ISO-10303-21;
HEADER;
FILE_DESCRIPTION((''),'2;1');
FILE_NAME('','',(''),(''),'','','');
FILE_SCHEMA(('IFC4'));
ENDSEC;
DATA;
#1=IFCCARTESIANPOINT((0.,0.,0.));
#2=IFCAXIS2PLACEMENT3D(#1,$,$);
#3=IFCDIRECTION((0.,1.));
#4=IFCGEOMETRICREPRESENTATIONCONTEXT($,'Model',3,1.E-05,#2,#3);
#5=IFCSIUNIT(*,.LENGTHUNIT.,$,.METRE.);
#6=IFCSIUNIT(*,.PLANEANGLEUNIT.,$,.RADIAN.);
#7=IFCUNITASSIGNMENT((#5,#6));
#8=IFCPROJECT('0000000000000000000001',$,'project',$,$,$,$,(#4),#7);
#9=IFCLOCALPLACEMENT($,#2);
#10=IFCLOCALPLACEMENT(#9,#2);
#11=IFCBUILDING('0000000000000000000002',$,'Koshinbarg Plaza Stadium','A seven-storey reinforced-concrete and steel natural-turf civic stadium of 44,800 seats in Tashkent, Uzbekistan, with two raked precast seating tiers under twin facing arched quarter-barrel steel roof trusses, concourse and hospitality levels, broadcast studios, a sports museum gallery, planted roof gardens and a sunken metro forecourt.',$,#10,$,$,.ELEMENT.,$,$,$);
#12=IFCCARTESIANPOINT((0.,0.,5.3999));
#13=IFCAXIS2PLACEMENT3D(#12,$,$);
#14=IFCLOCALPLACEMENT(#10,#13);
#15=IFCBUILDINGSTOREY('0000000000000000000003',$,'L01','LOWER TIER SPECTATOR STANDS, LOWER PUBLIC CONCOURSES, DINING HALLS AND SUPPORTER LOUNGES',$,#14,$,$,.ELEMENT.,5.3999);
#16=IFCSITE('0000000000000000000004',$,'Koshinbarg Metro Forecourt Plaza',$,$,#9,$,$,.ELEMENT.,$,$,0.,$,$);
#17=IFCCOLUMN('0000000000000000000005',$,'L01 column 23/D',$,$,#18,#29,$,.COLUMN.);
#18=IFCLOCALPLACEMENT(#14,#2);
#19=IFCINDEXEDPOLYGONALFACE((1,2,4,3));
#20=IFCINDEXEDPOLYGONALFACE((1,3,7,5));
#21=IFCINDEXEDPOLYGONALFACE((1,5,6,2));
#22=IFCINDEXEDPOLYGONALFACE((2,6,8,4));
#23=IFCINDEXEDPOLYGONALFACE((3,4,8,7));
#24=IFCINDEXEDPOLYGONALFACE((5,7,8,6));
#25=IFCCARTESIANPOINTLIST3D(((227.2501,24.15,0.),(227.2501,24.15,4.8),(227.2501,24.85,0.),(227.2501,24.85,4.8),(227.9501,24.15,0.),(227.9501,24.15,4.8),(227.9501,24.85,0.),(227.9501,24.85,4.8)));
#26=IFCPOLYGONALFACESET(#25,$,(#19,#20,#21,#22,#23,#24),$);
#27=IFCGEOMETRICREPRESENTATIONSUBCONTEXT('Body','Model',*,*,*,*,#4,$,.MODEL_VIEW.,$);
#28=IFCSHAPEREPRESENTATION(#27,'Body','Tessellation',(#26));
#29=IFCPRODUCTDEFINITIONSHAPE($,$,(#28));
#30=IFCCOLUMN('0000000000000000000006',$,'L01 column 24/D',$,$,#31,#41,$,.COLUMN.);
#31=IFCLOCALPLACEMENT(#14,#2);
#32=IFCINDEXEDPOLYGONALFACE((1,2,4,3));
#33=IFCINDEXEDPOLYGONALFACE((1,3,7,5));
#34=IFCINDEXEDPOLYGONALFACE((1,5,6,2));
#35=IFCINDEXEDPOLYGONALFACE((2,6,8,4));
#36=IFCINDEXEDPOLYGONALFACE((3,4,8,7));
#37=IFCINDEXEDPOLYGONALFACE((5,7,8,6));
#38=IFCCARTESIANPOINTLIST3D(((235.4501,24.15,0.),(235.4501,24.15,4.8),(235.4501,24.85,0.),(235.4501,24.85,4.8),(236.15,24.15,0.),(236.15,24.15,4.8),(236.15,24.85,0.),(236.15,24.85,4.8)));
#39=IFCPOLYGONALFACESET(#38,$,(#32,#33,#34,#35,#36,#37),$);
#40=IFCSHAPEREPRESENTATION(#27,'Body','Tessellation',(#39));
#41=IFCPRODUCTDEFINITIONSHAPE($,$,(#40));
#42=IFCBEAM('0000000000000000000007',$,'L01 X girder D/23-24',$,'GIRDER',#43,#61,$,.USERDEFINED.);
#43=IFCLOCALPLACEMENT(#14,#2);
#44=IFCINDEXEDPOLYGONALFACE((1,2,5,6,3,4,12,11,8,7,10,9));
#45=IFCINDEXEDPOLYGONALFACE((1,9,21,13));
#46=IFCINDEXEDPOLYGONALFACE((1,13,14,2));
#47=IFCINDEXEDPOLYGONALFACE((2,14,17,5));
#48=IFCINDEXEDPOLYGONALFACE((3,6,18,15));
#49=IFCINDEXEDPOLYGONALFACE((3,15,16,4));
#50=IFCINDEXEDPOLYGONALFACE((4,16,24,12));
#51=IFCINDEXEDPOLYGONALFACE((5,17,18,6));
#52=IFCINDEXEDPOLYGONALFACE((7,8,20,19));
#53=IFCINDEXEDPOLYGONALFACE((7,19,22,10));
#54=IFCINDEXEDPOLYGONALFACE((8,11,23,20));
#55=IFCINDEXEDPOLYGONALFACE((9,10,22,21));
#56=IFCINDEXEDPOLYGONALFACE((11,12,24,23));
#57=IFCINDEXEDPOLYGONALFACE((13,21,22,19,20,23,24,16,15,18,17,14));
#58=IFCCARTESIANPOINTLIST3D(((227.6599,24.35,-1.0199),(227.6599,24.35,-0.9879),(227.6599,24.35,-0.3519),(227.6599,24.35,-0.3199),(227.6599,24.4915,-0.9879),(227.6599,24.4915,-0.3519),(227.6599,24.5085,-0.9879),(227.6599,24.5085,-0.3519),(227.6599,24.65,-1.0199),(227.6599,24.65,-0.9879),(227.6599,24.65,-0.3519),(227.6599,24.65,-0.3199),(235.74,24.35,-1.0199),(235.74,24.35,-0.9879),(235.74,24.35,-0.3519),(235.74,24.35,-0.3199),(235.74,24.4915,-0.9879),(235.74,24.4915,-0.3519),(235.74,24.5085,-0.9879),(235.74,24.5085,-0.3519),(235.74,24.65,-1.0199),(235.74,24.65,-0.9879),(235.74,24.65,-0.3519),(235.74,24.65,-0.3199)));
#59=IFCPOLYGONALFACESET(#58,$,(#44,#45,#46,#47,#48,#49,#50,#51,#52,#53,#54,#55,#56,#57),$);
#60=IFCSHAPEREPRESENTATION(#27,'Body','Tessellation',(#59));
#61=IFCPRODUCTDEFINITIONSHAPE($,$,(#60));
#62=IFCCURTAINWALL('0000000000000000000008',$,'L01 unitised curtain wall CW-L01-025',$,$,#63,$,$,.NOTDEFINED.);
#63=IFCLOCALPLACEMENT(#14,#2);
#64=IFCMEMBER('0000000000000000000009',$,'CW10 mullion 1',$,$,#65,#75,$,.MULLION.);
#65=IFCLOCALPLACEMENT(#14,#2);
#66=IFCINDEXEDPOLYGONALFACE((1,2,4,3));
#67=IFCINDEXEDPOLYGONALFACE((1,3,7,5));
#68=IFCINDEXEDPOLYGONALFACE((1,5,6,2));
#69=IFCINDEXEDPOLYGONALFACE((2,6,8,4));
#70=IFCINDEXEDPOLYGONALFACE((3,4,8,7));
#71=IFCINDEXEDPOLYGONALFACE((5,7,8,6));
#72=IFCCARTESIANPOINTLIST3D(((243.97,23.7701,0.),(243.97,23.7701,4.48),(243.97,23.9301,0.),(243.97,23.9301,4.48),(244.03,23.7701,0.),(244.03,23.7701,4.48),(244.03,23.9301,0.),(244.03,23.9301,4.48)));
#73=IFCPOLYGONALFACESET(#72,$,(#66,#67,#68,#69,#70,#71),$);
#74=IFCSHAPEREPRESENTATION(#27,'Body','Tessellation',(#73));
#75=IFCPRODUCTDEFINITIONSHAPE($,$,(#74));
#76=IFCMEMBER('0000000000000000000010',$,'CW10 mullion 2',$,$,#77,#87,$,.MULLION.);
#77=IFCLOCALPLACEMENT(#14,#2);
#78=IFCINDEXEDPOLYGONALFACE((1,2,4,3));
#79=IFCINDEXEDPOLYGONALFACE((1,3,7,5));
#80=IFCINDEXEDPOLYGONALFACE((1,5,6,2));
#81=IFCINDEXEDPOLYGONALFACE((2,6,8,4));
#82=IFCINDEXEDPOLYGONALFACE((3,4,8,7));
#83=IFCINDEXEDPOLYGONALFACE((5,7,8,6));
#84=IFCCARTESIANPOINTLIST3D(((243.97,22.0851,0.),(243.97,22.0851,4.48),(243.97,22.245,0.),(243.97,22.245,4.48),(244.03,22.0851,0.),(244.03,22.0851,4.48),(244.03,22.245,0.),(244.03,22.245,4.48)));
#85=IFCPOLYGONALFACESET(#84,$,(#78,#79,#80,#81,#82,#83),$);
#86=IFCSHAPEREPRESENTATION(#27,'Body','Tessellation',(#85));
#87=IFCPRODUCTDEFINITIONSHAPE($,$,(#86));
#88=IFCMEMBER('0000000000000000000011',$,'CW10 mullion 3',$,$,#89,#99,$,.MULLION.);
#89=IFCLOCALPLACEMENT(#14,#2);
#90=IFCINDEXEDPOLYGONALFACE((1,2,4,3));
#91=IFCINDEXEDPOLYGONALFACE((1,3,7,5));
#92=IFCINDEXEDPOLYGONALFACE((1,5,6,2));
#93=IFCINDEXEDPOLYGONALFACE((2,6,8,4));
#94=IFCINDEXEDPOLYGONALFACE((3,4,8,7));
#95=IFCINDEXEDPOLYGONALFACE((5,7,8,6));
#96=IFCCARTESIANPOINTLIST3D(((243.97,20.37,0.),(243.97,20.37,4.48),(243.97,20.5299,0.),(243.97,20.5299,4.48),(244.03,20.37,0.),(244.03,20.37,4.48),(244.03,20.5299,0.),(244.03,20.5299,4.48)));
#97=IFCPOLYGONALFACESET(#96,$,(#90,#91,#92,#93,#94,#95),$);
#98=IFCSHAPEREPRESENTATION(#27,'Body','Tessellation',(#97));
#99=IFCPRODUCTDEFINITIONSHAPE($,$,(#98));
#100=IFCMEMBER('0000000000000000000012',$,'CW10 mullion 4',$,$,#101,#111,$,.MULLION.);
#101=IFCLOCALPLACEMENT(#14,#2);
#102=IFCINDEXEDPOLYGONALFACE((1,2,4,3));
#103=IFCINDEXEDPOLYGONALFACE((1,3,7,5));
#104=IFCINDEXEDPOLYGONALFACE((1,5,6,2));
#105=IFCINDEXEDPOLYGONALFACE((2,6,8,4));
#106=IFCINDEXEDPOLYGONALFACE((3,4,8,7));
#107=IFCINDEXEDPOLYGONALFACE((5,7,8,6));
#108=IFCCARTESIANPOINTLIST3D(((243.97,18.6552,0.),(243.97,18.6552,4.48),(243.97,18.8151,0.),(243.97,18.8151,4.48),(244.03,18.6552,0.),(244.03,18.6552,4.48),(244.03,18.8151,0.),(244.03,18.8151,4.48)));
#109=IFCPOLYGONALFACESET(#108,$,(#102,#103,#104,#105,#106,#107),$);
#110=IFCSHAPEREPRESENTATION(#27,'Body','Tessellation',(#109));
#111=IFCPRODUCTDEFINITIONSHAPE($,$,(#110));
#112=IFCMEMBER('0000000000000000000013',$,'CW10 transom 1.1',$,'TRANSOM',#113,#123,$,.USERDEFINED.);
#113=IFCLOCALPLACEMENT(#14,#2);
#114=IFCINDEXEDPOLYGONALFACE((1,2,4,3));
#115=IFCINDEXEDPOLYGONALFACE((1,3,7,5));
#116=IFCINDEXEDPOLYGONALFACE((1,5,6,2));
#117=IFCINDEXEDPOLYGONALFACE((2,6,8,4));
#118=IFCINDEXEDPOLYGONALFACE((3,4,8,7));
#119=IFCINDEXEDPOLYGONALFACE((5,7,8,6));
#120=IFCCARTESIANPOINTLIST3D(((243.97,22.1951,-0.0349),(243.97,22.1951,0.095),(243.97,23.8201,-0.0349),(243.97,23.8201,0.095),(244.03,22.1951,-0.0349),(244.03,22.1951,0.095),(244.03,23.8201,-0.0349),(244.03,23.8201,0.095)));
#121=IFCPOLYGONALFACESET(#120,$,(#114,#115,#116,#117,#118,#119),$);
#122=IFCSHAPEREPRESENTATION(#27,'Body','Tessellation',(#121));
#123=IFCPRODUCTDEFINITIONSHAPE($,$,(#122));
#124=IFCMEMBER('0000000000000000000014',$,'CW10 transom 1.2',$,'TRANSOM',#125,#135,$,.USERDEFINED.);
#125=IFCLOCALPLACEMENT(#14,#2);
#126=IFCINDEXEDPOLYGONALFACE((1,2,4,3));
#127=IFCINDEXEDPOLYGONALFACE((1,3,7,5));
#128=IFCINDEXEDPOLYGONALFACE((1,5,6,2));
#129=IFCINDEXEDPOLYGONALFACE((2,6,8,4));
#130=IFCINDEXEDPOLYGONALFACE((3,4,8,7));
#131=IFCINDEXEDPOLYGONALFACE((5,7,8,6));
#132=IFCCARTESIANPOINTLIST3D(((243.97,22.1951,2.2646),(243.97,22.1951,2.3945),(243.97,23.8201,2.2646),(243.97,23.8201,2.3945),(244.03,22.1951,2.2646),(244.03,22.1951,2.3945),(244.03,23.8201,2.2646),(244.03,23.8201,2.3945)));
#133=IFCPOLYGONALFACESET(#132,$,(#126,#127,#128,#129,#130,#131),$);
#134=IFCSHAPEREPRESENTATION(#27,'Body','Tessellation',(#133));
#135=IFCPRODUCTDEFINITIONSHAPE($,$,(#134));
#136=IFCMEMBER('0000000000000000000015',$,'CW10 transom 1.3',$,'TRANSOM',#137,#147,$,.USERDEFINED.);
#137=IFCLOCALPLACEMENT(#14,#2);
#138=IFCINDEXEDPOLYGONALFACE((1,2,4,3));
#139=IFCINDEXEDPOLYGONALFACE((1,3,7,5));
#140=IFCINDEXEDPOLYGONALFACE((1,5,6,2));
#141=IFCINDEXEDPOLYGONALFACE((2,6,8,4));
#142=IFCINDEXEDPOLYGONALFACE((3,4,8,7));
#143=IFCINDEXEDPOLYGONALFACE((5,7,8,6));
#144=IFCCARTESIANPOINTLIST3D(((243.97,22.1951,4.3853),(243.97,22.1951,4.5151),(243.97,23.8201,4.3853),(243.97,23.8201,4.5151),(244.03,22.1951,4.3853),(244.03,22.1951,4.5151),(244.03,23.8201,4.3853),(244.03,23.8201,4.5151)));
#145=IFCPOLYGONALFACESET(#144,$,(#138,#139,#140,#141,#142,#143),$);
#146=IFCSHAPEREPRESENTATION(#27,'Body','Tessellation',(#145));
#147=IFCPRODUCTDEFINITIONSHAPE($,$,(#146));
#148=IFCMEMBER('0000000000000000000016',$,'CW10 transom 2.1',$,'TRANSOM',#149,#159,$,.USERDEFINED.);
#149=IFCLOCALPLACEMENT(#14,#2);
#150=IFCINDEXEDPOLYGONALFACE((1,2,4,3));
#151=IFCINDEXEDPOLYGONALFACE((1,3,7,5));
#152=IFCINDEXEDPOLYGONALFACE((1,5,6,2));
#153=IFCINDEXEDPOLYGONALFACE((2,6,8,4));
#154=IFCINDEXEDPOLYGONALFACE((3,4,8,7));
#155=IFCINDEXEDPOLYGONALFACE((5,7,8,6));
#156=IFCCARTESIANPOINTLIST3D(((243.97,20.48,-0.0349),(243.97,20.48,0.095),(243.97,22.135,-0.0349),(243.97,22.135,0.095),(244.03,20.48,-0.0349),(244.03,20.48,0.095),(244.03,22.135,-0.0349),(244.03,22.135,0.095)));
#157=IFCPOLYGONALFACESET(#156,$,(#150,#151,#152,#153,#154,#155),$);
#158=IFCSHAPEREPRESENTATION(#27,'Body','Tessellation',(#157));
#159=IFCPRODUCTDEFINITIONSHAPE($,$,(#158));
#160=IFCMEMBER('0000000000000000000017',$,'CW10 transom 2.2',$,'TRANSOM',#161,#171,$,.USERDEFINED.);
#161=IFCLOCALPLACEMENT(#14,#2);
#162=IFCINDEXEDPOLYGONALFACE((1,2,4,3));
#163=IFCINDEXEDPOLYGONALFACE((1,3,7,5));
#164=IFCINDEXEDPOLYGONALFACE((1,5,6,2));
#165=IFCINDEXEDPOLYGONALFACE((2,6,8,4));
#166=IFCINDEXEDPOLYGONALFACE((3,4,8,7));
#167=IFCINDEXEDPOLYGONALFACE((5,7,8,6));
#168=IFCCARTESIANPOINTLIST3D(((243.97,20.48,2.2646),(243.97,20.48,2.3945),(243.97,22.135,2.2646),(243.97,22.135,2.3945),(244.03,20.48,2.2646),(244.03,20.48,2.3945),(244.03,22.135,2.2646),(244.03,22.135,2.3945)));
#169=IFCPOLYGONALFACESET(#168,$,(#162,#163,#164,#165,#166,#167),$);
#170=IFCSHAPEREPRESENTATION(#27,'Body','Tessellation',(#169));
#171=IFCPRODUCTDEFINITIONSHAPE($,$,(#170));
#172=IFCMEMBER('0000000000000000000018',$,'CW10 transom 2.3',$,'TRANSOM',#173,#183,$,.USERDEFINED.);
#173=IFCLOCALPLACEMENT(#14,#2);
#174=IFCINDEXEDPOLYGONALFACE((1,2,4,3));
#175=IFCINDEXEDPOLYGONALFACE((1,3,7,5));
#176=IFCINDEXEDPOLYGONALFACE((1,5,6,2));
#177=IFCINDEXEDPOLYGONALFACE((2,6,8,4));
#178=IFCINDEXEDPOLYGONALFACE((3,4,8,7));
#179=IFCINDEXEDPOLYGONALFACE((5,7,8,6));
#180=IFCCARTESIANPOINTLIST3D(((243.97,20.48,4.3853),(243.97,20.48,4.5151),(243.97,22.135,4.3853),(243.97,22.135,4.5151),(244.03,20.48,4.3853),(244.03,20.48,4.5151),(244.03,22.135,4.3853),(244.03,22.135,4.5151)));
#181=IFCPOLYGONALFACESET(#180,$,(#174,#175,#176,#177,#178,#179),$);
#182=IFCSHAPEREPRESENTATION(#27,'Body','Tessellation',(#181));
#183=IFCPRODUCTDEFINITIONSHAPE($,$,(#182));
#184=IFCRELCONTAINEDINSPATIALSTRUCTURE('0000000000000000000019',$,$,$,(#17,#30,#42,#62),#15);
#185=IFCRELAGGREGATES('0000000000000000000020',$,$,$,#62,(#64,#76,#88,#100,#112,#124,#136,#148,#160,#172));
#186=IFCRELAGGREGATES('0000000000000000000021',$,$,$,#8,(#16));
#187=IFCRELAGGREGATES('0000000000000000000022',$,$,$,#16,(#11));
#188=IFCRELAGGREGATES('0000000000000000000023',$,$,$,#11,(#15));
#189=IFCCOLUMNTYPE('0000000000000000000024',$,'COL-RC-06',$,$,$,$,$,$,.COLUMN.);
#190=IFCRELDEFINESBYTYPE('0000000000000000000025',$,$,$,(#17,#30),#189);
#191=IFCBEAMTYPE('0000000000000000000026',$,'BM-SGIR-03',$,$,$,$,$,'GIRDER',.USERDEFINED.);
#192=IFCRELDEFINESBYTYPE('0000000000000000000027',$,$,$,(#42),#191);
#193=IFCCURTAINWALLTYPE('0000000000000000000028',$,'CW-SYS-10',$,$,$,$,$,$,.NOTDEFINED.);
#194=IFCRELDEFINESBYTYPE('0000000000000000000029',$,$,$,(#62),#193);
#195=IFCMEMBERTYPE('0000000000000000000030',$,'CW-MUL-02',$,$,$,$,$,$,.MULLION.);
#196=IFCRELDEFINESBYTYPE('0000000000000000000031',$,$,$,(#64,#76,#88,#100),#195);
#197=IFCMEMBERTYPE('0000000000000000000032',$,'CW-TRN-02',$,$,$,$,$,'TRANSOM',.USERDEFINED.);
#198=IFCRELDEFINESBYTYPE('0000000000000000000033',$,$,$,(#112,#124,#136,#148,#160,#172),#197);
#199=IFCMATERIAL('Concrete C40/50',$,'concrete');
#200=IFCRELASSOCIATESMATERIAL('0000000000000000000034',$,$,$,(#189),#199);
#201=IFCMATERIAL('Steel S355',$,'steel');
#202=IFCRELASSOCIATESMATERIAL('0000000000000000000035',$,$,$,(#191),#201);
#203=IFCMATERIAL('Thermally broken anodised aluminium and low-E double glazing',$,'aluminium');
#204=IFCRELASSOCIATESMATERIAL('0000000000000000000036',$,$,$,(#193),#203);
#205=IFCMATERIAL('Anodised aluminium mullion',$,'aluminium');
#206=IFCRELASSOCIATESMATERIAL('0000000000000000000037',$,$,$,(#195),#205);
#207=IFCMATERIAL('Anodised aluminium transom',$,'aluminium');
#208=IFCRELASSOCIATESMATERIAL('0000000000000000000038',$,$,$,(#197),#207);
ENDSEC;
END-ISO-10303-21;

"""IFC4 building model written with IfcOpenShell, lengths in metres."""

from ifc_helpers import new_model, si_unit, direction, frame, origin, origin_2d, place, context, subcontext, project, spatial, rectangle, i_section, extrude, material, material_profile, profile_set, type_object, element, aggregate, save


model = new_model("IFC4")

# Units and contexts
model_context = context("Model", 3, precision=1e-05, world=origin(), true_north=direction((0.0, 1.0)))
body_context = subcontext(model_context, "Body", "Model", "MODEL_VIEW")
ifc_project = project(units=[si_unit("LENGTHUNIT", "METRE"), si_unit("PLANEANGLEUNIT", "RADIAN")], contexts=[model_context])

# Site, building, storey
site_placement = place(None, origin())
site = spatial("IfcSite", under=ifc_project, at=site_placement, Name="Koshinbarg Metro Forecourt Plaza", CompositionType="ELEMENT", RefElevation=0.0)
building_placement = place(site_placement, origin())
building = spatial("IfcBuilding", under=site, at=building_placement, Name="Koshinbarg Plaza Stadium", Description="A seven-storey reinforced-concrete and steel natural-turf civic stadium of 44,800 seats in Tashkent, Uzbekistan, with two raked precast seating tiers under twin facing arched quarter-barrel steel roof trusses, concourse and hospitality levels, broadcast studios, a sports museum gallery, planted roof gardens and a sunken metro forecourt.", CompositionType="ELEMENT")
storey_placement = place(building_placement, frame((0.0, 0.0, 5.3999)))
storey = spatial("IfcBuildingStorey", under=building, at=storey_placement, Name="L01", Description="LOWER TIER SPECTATOR STANDS, LOWER PUBLIC CONCOURSES, DINING HALLS AND SUPPORTER LOUNGES", CompositionType="ELEMENT", Elevation=5.3999)

# Columns
ifc_material_1 = material(Name="Concrete C40/50", Category="concrete")
ifc_material_profile_1 = material_profile(ifc_material_1, rectangle(XDim=0.7, YDim=0.7, at=origin_2d()), Name="RC 700x700")
ifc_profile_set_1 = profile_set([ifc_material_profile_1], Name="Concrete C40/50")
column_type = type_object("IfcColumnType", Name="COL-RC-06", PredefinedType="COLUMN", material=ifc_profile_set_1)
for number, where, z_axis, x_axis, name in (
    (1, (227.6001, 24.5, 0.0), (0.0, 0.0, 1.0), (1.0, 0.0, 0.0), "L01 column 23/D"),
    (2, (235.8, 24.5, 0.0), (0.0, 0.0, 1.0), (1.0, 0.0, 0.0), "L01 column 24/D"),
):
    element("IfcColumn", number, at=place(storey_placement, frame(where, z_axis=z_axis, x_axis=x_axis)), inside=storey, type_object=column_type, Name=name, PredefinedType="COLUMN", context=body_context, shape_type="SweptSolid", body=[
        extrude(rectangle(XDim=0.7, YDim=0.7, at=origin_2d()), origin(), (0.0, 0.0, 1.0), 4.8),
    ])

# Beam
ifc_material_2 = material(Name="Steel S355", Category="steel")
ifc_material_profile_2 = material_profile(ifc_material_2, i_section(OverallWidth=0.3, OverallDepth=0.7, WebThickness=0.0171, FlangeThickness=0.032, at=origin_2d()), Name="HEB 700")
ifc_profile_set_2 = profile_set([ifc_material_profile_2], Name="Steel S355")
beam_type = type_object("IfcBeamType", Name="BM-SGIR-03", ElementType="GIRDER", PredefinedType="USERDEFINED", material=ifc_profile_set_2)
beam_placement = place(storey_placement, frame((227.6599, 24.5, -0.6699), z_axis=(1.0, 0.0, 0.0), x_axis=(0.0, 1.0, 0.0)))
element("IfcBeam", 3, at=beam_placement, inside=storey, type_object=beam_type, Name="L01 X girder D/23-24", ObjectType="GIRDER", PredefinedType="USERDEFINED", context=body_context, shape_type="SweptSolid", body=[
    extrude(i_section(OverallWidth=0.3, OverallDepth=0.7, WebThickness=0.0171, FlangeThickness=0.032, at=origin_2d()), origin(), (0.0, 0.0, 1.0), 8.0801),
])

# Curtain wall, members
ifc_material_3 = material(Name="Thermally broken anodised aluminium and low-E double glazing", Category="aluminium")
curtain_wall_type = type_object("IfcCurtainWallType", Name="CW-SYS-10", PredefinedType="NOTDEFINED", material=ifc_material_3)
curtain_wall_placement = place(storey_placement, origin())
curtain_wall = element("IfcCurtainWall", 4, at=curtain_wall_placement, inside=storey, type_object=curtain_wall_type, Name="L01 unitised curtain wall CW-L01-025", PredefinedType="NOTDEFINED")
ifc_material_4 = material(Name="Anodised aluminium mullion", Category="aluminium")
ifc_material_profile_3 = material_profile(ifc_material_4, rectangle(XDim=0.0601, YDim=0.1599, at=origin_2d()), Name="ALU 60x160")
ifc_profile_set_3 = profile_set([ifc_material_profile_3], Name="Anodised aluminium mullion")
member_type_1 = type_object("IfcMemberType", Name="CW-MUL-02", PredefinedType="MULLION", material=ifc_profile_set_3)
member_1_placement = place(storey_placement, frame((244.0, 23.8501, 0.0), z_axis=(0.0, 0.0, 1.0), x_axis=(1.0, 0.0, 0.0)))
member_1 = element("IfcMember", 5, at=member_1_placement, type_object=member_type_1, Name="CW10 mullion 1", PredefinedType="MULLION", context=body_context, shape_type="SweptSolid", body=[
    extrude(rectangle(XDim=0.0601, YDim=0.1599, at=origin_2d()), origin(), (0.0, 0.0, 1.0), 4.48),
])
member_2_placement = place(storey_placement, frame((244.0, 22.165, 0.0), z_axis=(0.0, 0.0, 1.0), x_axis=(1.0, 0.0, 0.0)))
member_2 = element("IfcMember", 6, at=member_2_placement, type_object=member_type_1, Name="CW10 mullion 2", PredefinedType="MULLION", context=body_context, shape_type="SweptSolid", body=[
    extrude(rectangle(XDim=0.0601, YDim=0.1599, at=origin_2d()), origin(), (0.0, 0.0, 1.0), 4.48),
])
member_3_placement = place(storey_placement, frame((244.0, 20.45, 0.0), z_axis=(0.0, 0.0, 1.0), x_axis=(1.0, 0.0, 0.0)))
member_3 = element("IfcMember", 7, at=member_3_placement, type_object=member_type_1, Name="CW10 mullion 3", PredefinedType="MULLION", context=body_context, shape_type="SweptSolid", body=[
    extrude(rectangle(XDim=0.0601, YDim=0.1599, at=origin_2d()), origin(), (0.0, 0.0, 1.0), 4.48),
])
member_4_placement = place(storey_placement, frame((244.0, 18.7351, 0.0), z_axis=(0.0, 0.0, 1.0), x_axis=(1.0, 0.0, 0.0)))
member_4 = element("IfcMember", 8, at=member_4_placement, type_object=member_type_1, Name="CW10 mullion 4", PredefinedType="MULLION", context=body_context, shape_type="SweptSolid", body=[
    extrude(rectangle(XDim=0.0601, YDim=0.1599, at=origin_2d()), origin(), (0.0, 0.0, 1.0), 4.48),
])
ifc_material_5 = material(Name="Anodised aluminium transom", Category="aluminium")
ifc_material_profile_4 = material_profile(ifc_material_5, rectangle(XDim=0.0601, YDim=0.1299, at=origin_2d()), Name="ALU 60x130")
ifc_profile_set_4 = profile_set([ifc_material_profile_4], Name="Anodised aluminium transom")
member_type_2 = type_object("IfcMemberType", Name="CW-TRN-02", ElementType="TRANSOM", PredefinedType="USERDEFINED", material=ifc_profile_set_4)
member_5_placement = place(storey_placement, frame((244.0, 23.8201, 0.03), z_axis=(0.0, -1.0, 0.0), x_axis=(1.0, 0.0, 0.0)))
member_5 = element("IfcMember", 9, at=member_5_placement, type_object=member_type_2, Name="CW10 transom 1.1", ObjectType="TRANSOM", PredefinedType="USERDEFINED", context=body_context, shape_type="SweptSolid", body=[
    extrude(rectangle(XDim=0.0601, YDim=0.1299, at=origin_2d()), origin(), (0.0, 0.0, 1.0), 1.625),
])
member_6_placement = place(storey_placement, frame((244.0, 23.8201, 2.3296), z_axis=(0.0, -1.0, 0.0), x_axis=(1.0, 0.0, 0.0)))
member_6 = element("IfcMember", 10, at=member_6_placement, type_object=member_type_2, Name="CW10 transom 1.2", ObjectType="TRANSOM", PredefinedType="USERDEFINED", context=body_context, shape_type="SweptSolid", body=[
    extrude(rectangle(XDim=0.0601, YDim=0.1299, at=origin_2d()), origin(), (0.0, 0.0, 1.0), 1.625),
])
member_7_placement = place(storey_placement, frame((244.0, 23.8201, 4.4502), z_axis=(0.0, -1.0, 0.0), x_axis=(1.0, 0.0, 0.0)))
member_7 = element("IfcMember", 11, at=member_7_placement, type_object=member_type_2, Name="CW10 transom 1.3", ObjectType="TRANSOM", PredefinedType="USERDEFINED", context=body_context, shape_type="SweptSolid", body=[
    extrude(rectangle(XDim=0.0601, YDim=0.1299, at=origin_2d()), origin(), (0.0, 0.0, 1.0), 1.625),
])
member_8_placement = place(storey_placement, frame((244.0, 22.135, 0.03), z_axis=(0.0, -1.0, 0.0), x_axis=(1.0, 0.0, 0.0)))
member_8 = element("IfcMember", 12, at=member_8_placement, type_object=member_type_2, Name="CW10 transom 2.1", ObjectType="TRANSOM", PredefinedType="USERDEFINED", context=body_context, shape_type="SweptSolid", body=[
    extrude(rectangle(XDim=0.0601, YDim=0.1299, at=origin_2d()), origin(), (0.0, 0.0, 1.0), 1.655),
])
member_9_placement = place(storey_placement, frame((244.0, 22.135, 2.3296), z_axis=(0.0, -1.0, 0.0), x_axis=(1.0, 0.0, 0.0)))
member_9 = element("IfcMember", 13, at=member_9_placement, type_object=member_type_2, Name="CW10 transom 2.2", ObjectType="TRANSOM", PredefinedType="USERDEFINED", context=body_context, shape_type="SweptSolid", body=[
    extrude(rectangle(XDim=0.0601, YDim=0.1299, at=origin_2d()), origin(), (0.0, 0.0, 1.0), 1.655),
])
member_10_placement = place(storey_placement, frame((244.0, 22.135, 4.4502), z_axis=(0.0, -1.0, 0.0), x_axis=(1.0, 0.0, 0.0)))
member_10 = element("IfcMember", 14, at=member_10_placement, type_object=member_type_2, Name="CW10 transom 2.3", ObjectType="TRANSOM", PredefinedType="USERDEFINED", context=body_context, shape_type="SweptSolid", body=[
    extrude(rectangle(XDim=0.0601, YDim=0.1299, at=origin_2d()), origin(), (0.0, 0.0, 1.0), 1.655),
])
aggregate(curtain_wall, [member_1, member_2, member_3, member_4, member_5, member_6, member_7, member_8, member_9, member_10])

save(model, "model.ifc")
